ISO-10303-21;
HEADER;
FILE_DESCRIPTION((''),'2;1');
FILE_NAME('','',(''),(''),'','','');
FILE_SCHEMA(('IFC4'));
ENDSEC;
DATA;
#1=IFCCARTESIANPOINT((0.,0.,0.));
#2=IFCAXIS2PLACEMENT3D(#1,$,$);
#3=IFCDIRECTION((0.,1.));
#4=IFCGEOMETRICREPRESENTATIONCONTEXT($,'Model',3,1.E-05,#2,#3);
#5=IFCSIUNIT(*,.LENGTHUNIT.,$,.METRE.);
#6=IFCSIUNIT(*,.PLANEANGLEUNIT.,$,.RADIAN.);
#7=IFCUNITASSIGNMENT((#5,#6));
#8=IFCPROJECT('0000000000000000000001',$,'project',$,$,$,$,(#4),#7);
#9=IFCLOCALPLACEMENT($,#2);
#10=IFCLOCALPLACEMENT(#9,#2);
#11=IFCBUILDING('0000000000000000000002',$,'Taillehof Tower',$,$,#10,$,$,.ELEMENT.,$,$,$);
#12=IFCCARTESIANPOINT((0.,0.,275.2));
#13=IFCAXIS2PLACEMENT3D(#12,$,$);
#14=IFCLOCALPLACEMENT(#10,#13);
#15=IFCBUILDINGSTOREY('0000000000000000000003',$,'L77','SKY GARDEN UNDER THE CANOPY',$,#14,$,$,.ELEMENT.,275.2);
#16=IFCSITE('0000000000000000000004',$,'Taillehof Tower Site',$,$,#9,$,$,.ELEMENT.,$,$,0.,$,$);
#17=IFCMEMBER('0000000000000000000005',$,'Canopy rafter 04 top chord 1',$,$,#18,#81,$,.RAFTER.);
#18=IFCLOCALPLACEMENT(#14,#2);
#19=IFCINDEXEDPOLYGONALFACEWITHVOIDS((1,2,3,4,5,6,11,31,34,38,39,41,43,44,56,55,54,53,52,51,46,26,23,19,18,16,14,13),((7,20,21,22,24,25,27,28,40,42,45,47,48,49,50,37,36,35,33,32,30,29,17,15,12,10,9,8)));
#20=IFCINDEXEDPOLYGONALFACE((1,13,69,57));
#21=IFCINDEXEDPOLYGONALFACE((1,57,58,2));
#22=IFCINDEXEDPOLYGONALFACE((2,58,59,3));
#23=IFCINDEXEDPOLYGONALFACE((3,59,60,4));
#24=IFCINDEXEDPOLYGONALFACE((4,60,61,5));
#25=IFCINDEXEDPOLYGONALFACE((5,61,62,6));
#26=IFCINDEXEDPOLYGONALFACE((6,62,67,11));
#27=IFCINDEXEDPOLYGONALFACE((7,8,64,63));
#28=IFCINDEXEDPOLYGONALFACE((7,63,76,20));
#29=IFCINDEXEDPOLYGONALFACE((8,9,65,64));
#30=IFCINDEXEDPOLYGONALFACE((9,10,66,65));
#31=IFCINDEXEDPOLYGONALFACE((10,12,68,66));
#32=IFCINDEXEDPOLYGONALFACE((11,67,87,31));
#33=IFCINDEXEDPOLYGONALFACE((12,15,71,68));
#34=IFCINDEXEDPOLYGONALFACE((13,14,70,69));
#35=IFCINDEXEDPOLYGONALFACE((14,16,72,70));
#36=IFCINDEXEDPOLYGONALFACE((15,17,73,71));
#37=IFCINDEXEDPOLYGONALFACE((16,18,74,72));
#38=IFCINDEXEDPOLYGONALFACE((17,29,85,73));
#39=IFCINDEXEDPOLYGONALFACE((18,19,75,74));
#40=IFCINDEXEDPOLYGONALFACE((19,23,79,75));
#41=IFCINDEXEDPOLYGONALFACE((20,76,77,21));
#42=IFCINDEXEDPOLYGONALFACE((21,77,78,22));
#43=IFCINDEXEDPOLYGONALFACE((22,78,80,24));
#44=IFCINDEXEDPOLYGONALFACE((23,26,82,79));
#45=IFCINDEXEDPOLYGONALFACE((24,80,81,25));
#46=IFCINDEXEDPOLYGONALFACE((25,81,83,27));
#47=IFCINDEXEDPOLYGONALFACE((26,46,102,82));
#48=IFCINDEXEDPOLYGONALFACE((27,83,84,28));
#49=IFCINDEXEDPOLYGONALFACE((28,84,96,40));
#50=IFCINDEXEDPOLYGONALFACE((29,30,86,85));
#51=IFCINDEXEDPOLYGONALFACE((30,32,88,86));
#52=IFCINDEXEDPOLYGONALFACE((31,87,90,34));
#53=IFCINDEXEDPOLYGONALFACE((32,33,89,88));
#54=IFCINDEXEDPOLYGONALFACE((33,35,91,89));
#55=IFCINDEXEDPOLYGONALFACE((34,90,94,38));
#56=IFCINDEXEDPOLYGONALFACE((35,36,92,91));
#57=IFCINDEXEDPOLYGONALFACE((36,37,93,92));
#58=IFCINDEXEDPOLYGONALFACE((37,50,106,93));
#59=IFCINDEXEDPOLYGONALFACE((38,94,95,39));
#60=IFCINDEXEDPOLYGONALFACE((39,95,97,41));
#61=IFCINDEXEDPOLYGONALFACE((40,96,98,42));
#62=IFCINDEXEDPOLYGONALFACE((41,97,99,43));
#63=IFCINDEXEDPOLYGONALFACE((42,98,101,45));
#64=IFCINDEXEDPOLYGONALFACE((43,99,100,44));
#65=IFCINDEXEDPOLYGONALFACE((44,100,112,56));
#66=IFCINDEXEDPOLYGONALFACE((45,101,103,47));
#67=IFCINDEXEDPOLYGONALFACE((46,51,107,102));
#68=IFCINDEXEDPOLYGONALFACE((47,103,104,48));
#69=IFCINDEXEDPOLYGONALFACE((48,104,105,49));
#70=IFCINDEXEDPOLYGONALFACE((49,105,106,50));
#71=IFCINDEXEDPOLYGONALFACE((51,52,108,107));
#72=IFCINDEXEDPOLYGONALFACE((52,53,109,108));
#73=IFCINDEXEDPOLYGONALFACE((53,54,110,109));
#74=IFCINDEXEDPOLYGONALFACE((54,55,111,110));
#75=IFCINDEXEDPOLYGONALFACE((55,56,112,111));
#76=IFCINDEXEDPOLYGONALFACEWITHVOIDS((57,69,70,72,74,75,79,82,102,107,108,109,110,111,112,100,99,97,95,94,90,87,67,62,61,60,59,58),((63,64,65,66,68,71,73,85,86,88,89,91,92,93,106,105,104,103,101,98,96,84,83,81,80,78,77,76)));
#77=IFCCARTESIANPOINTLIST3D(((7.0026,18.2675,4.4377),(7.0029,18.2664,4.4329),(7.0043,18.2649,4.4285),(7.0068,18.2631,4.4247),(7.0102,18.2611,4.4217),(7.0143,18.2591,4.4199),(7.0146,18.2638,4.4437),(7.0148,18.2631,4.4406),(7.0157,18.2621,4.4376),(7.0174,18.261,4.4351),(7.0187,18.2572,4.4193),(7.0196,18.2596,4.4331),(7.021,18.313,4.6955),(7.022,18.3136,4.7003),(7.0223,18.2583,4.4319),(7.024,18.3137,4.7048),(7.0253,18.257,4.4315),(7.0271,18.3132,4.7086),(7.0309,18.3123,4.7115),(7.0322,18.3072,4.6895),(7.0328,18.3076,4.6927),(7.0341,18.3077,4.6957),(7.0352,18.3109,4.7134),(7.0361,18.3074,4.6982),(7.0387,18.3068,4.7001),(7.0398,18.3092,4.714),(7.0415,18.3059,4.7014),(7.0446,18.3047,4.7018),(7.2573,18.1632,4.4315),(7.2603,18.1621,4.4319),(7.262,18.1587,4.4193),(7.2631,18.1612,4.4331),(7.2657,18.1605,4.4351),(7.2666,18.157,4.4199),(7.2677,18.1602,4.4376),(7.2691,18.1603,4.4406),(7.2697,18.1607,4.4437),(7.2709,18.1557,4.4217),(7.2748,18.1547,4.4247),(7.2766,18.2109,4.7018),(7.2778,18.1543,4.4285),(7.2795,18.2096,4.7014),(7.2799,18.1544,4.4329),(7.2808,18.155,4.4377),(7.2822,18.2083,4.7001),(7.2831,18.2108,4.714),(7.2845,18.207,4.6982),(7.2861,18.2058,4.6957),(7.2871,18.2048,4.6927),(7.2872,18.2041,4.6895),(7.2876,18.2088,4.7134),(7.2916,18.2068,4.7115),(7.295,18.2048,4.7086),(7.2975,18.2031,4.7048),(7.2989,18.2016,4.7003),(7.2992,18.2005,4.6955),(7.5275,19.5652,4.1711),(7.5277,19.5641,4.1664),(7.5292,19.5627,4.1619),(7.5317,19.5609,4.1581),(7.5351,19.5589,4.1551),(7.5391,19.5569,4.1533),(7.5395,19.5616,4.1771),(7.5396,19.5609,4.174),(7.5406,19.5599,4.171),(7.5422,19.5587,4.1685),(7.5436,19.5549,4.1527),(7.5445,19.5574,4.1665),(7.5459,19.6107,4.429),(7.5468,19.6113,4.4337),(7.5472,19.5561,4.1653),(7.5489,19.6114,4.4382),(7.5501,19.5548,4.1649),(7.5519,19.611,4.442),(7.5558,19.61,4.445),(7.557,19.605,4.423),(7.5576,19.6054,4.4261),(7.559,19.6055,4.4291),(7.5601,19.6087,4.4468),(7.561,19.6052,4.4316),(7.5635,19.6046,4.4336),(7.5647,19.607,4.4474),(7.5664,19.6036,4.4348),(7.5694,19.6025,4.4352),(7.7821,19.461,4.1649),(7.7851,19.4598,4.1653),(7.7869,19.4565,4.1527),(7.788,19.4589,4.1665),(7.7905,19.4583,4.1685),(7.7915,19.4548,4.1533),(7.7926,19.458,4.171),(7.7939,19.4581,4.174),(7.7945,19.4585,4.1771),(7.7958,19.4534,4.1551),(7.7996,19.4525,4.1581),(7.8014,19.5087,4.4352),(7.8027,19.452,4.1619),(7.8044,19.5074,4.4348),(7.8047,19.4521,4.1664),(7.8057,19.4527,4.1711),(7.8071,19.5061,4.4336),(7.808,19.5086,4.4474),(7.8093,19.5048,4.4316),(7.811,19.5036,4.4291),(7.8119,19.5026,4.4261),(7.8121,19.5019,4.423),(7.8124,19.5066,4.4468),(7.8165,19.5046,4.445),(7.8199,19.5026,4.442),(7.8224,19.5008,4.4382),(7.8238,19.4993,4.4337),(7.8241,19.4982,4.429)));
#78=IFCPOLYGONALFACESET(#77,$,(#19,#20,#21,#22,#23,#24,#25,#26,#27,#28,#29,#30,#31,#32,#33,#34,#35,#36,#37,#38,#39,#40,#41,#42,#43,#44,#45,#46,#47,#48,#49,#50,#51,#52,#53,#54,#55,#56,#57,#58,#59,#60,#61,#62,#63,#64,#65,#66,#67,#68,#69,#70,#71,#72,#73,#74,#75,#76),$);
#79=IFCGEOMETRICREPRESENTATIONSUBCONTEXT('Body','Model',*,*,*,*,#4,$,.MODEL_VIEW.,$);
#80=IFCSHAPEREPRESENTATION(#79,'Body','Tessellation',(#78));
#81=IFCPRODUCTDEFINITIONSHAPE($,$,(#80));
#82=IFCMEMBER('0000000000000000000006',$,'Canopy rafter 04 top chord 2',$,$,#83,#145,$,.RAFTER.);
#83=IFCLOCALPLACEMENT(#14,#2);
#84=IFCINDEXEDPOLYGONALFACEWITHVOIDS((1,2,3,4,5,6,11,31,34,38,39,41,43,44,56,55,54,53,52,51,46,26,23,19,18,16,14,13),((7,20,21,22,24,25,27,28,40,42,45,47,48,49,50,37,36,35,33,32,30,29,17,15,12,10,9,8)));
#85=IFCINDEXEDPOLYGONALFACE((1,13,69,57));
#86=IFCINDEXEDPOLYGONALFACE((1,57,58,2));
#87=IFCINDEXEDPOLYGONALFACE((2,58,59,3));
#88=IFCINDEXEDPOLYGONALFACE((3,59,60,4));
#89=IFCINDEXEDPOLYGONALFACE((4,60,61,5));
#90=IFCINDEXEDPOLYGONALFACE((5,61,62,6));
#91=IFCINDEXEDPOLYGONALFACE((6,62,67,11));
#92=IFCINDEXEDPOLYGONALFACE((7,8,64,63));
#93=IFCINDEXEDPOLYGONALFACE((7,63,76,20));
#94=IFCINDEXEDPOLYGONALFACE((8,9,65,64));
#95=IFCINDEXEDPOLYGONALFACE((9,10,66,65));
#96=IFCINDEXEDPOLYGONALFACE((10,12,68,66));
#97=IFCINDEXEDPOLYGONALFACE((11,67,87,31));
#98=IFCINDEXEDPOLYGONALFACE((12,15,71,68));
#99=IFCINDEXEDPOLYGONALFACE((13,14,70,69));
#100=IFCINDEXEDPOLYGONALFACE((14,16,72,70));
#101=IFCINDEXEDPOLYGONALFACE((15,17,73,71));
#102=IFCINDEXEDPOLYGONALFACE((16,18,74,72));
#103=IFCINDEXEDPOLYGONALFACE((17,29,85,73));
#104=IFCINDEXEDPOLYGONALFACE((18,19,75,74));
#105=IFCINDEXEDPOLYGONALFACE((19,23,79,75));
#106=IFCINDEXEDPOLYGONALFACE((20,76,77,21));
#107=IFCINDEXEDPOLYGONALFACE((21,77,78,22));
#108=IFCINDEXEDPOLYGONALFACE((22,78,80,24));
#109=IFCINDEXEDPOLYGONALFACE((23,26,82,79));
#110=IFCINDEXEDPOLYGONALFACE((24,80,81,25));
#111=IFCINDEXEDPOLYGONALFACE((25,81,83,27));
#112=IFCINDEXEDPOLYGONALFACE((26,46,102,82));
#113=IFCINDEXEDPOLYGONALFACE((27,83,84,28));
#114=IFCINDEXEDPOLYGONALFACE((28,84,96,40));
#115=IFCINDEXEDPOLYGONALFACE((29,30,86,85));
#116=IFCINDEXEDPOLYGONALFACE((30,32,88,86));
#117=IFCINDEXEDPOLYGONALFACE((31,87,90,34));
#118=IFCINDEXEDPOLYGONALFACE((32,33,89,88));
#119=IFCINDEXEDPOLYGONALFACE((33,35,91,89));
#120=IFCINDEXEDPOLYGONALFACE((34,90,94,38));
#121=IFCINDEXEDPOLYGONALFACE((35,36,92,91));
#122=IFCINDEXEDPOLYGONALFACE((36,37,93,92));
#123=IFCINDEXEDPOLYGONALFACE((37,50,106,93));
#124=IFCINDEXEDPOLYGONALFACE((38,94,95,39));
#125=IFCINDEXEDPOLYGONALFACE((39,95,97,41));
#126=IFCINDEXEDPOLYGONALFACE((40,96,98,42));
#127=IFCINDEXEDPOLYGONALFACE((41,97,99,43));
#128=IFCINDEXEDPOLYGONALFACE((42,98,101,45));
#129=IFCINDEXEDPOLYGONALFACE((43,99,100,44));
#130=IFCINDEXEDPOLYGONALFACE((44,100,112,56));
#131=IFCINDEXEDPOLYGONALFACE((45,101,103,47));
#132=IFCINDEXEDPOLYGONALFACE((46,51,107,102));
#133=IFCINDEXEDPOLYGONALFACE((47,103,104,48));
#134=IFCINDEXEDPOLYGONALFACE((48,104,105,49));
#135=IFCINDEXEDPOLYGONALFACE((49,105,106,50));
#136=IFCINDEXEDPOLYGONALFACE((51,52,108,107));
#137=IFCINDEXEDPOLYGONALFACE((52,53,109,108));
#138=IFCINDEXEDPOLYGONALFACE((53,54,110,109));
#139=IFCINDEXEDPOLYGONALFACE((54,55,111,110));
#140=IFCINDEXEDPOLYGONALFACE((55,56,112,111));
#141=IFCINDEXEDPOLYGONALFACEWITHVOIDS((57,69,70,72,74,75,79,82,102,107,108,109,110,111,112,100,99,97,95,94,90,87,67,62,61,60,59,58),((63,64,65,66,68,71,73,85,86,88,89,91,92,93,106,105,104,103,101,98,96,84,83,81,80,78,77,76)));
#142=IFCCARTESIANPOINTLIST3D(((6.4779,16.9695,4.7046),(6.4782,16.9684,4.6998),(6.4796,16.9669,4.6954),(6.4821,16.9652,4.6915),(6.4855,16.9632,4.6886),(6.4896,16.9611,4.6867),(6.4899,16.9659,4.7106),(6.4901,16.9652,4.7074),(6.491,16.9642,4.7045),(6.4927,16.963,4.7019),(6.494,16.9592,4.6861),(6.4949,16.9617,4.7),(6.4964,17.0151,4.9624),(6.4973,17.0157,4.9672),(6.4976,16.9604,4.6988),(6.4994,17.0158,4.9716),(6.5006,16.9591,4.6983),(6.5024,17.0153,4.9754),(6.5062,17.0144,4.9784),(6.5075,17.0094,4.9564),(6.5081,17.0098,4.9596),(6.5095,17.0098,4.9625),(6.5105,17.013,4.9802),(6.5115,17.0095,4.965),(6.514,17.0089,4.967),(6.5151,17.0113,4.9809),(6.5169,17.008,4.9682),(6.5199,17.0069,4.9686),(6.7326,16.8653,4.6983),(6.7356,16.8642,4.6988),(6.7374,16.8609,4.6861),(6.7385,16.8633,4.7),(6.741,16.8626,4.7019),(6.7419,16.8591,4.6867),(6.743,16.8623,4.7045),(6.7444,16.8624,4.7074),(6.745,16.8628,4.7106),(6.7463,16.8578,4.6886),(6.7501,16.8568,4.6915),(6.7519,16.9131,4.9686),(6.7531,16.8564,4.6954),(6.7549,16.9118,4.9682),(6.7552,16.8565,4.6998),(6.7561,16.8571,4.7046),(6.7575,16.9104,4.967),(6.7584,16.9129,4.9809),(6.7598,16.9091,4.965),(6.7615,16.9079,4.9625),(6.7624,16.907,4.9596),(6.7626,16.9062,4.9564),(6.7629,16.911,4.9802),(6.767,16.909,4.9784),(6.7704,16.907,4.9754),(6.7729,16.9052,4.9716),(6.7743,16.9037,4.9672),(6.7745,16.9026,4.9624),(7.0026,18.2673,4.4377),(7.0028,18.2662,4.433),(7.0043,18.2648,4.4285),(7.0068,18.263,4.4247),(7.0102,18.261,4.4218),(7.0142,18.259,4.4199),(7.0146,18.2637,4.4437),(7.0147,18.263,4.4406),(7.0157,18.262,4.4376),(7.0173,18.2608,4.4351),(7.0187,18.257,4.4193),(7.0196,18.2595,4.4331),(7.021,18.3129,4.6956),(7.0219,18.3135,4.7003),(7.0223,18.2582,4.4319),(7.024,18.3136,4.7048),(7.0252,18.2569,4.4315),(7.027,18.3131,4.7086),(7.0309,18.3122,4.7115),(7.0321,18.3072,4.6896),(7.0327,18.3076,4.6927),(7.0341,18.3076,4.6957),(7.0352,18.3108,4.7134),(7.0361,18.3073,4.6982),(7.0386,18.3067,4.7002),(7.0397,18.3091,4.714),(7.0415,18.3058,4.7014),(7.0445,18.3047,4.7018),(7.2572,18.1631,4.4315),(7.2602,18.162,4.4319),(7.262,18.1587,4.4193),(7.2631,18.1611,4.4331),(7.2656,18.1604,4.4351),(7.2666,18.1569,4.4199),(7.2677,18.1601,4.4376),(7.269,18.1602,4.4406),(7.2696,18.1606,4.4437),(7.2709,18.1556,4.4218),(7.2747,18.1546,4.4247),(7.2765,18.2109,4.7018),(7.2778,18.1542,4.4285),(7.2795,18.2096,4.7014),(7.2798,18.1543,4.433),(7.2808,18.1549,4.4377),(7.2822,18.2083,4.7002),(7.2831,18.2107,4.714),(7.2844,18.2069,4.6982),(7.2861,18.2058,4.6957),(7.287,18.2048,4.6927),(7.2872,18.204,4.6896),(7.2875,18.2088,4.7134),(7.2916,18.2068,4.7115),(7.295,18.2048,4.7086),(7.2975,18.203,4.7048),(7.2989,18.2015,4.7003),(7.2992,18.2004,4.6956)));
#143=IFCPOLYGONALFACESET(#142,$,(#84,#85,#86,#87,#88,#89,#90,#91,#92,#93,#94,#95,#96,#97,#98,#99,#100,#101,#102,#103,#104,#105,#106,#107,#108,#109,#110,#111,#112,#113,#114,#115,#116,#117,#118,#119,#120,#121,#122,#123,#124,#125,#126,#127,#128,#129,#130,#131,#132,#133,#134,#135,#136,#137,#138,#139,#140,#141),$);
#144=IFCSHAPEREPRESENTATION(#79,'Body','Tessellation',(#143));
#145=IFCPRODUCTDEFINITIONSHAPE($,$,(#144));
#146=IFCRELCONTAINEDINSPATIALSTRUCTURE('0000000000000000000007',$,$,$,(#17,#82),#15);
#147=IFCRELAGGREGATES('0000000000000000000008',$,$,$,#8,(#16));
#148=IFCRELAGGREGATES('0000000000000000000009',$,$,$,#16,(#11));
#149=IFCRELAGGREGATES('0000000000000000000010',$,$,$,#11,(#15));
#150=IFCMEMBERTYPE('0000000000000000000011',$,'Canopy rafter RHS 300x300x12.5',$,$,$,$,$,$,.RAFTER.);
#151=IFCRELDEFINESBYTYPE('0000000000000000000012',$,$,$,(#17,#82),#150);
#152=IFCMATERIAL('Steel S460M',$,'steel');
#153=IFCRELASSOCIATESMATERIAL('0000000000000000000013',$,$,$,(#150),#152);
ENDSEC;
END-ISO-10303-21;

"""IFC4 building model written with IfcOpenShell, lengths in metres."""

from ifc_helpers import new_model, si_unit, direction, frame, origin, origin_2d, place, context, subcontext, project, spatial, hollow_rectangle, extrude, material, material_profile, profile_set, type_object, element, save


model = new_model("IFC4")

# Units and contexts
model_context = context("Model", 3, precision=1e-05, world=origin(), true_north=direction((0.0, 1.0)))
body_context = subcontext(model_context, "Body", "Model", "MODEL_VIEW")
ifc_project = project(units=[si_unit("LENGTHUNIT", "METRE"), si_unit("PLANEANGLEUNIT", "RADIAN")], contexts=[model_context])

# Site, building, storey
site_placement = place(None, origin())
site = spatial("IfcSite", under=ifc_project, at=site_placement, Name="Taillehof Tower Site", CompositionType="ELEMENT", RefElevation=0.0)
building_placement = place(site_placement, origin())
building = spatial("IfcBuilding", under=site, at=building_placement, Name="Taillehof Tower", CompositionType="ELEMENT")
storey_placement = place(building_placement, frame((0.0, 0.0, 275.2)))
storey = spatial("IfcBuildingStorey", under=building, at=storey_placement, Name="L77", Description="SKY GARDEN UNDER THE CANOPY", CompositionType="ELEMENT", Elevation=275.2)

# Members
ifc_material_1 = material(Name="Steel S460M", Category="steel")
ifc_material_profile_1 = material_profile(ifc_material_1, hollow_rectangle(XDim=0.3, YDim=0.3, WallThickness=0.0125, InnerFilletRadius=0.0125, OuterFilletRadius=0.0188, at=origin_2d()), Name="RHS 300x300x12.5")
ifc_profile_set_1 = profile_set([ifc_material_profile_1], Name="Steel S460M")
member_type_1 = type_object("IfcMemberType", Name="Canopy rafter RHS 300x300x12.5", PredefinedType="RAFTER", material=ifc_profile_set_1)
for number, where, z_axis, x_axis, name in (
    (1, (7.6758, 19.5317, 4.3), (-0.368317, -0.910685, 0.187071), (0.927051, -0.374936, 0.0), "Canopy rafter 04 top chord 1"),
    (2, (7.1509, 18.2339, 4.5667), (-0.368157, -0.910713, 0.187248), (0.927111, -0.374786, 0.0), "Canopy rafter 04 top chord 2"),
):
    element("IfcMember", number, at=place(storey_placement, frame(where, z_axis=z_axis, x_axis=x_axis)), inside=storey, type_object=member_type_1, Name=name, PredefinedType="RAFTER", context=body_context, shape_type="SweptSolid", body=[
        extrude(hollow_rectangle(XDim=0.3, YDim=0.3, WallThickness=0.0125, InnerFilletRadius=0.0125, OuterFilletRadius=0.0188, at=origin_2d()), origin(), (0.0, 0.0, 1.0), 1.425),
    ])

save(model, "model.ifc")
